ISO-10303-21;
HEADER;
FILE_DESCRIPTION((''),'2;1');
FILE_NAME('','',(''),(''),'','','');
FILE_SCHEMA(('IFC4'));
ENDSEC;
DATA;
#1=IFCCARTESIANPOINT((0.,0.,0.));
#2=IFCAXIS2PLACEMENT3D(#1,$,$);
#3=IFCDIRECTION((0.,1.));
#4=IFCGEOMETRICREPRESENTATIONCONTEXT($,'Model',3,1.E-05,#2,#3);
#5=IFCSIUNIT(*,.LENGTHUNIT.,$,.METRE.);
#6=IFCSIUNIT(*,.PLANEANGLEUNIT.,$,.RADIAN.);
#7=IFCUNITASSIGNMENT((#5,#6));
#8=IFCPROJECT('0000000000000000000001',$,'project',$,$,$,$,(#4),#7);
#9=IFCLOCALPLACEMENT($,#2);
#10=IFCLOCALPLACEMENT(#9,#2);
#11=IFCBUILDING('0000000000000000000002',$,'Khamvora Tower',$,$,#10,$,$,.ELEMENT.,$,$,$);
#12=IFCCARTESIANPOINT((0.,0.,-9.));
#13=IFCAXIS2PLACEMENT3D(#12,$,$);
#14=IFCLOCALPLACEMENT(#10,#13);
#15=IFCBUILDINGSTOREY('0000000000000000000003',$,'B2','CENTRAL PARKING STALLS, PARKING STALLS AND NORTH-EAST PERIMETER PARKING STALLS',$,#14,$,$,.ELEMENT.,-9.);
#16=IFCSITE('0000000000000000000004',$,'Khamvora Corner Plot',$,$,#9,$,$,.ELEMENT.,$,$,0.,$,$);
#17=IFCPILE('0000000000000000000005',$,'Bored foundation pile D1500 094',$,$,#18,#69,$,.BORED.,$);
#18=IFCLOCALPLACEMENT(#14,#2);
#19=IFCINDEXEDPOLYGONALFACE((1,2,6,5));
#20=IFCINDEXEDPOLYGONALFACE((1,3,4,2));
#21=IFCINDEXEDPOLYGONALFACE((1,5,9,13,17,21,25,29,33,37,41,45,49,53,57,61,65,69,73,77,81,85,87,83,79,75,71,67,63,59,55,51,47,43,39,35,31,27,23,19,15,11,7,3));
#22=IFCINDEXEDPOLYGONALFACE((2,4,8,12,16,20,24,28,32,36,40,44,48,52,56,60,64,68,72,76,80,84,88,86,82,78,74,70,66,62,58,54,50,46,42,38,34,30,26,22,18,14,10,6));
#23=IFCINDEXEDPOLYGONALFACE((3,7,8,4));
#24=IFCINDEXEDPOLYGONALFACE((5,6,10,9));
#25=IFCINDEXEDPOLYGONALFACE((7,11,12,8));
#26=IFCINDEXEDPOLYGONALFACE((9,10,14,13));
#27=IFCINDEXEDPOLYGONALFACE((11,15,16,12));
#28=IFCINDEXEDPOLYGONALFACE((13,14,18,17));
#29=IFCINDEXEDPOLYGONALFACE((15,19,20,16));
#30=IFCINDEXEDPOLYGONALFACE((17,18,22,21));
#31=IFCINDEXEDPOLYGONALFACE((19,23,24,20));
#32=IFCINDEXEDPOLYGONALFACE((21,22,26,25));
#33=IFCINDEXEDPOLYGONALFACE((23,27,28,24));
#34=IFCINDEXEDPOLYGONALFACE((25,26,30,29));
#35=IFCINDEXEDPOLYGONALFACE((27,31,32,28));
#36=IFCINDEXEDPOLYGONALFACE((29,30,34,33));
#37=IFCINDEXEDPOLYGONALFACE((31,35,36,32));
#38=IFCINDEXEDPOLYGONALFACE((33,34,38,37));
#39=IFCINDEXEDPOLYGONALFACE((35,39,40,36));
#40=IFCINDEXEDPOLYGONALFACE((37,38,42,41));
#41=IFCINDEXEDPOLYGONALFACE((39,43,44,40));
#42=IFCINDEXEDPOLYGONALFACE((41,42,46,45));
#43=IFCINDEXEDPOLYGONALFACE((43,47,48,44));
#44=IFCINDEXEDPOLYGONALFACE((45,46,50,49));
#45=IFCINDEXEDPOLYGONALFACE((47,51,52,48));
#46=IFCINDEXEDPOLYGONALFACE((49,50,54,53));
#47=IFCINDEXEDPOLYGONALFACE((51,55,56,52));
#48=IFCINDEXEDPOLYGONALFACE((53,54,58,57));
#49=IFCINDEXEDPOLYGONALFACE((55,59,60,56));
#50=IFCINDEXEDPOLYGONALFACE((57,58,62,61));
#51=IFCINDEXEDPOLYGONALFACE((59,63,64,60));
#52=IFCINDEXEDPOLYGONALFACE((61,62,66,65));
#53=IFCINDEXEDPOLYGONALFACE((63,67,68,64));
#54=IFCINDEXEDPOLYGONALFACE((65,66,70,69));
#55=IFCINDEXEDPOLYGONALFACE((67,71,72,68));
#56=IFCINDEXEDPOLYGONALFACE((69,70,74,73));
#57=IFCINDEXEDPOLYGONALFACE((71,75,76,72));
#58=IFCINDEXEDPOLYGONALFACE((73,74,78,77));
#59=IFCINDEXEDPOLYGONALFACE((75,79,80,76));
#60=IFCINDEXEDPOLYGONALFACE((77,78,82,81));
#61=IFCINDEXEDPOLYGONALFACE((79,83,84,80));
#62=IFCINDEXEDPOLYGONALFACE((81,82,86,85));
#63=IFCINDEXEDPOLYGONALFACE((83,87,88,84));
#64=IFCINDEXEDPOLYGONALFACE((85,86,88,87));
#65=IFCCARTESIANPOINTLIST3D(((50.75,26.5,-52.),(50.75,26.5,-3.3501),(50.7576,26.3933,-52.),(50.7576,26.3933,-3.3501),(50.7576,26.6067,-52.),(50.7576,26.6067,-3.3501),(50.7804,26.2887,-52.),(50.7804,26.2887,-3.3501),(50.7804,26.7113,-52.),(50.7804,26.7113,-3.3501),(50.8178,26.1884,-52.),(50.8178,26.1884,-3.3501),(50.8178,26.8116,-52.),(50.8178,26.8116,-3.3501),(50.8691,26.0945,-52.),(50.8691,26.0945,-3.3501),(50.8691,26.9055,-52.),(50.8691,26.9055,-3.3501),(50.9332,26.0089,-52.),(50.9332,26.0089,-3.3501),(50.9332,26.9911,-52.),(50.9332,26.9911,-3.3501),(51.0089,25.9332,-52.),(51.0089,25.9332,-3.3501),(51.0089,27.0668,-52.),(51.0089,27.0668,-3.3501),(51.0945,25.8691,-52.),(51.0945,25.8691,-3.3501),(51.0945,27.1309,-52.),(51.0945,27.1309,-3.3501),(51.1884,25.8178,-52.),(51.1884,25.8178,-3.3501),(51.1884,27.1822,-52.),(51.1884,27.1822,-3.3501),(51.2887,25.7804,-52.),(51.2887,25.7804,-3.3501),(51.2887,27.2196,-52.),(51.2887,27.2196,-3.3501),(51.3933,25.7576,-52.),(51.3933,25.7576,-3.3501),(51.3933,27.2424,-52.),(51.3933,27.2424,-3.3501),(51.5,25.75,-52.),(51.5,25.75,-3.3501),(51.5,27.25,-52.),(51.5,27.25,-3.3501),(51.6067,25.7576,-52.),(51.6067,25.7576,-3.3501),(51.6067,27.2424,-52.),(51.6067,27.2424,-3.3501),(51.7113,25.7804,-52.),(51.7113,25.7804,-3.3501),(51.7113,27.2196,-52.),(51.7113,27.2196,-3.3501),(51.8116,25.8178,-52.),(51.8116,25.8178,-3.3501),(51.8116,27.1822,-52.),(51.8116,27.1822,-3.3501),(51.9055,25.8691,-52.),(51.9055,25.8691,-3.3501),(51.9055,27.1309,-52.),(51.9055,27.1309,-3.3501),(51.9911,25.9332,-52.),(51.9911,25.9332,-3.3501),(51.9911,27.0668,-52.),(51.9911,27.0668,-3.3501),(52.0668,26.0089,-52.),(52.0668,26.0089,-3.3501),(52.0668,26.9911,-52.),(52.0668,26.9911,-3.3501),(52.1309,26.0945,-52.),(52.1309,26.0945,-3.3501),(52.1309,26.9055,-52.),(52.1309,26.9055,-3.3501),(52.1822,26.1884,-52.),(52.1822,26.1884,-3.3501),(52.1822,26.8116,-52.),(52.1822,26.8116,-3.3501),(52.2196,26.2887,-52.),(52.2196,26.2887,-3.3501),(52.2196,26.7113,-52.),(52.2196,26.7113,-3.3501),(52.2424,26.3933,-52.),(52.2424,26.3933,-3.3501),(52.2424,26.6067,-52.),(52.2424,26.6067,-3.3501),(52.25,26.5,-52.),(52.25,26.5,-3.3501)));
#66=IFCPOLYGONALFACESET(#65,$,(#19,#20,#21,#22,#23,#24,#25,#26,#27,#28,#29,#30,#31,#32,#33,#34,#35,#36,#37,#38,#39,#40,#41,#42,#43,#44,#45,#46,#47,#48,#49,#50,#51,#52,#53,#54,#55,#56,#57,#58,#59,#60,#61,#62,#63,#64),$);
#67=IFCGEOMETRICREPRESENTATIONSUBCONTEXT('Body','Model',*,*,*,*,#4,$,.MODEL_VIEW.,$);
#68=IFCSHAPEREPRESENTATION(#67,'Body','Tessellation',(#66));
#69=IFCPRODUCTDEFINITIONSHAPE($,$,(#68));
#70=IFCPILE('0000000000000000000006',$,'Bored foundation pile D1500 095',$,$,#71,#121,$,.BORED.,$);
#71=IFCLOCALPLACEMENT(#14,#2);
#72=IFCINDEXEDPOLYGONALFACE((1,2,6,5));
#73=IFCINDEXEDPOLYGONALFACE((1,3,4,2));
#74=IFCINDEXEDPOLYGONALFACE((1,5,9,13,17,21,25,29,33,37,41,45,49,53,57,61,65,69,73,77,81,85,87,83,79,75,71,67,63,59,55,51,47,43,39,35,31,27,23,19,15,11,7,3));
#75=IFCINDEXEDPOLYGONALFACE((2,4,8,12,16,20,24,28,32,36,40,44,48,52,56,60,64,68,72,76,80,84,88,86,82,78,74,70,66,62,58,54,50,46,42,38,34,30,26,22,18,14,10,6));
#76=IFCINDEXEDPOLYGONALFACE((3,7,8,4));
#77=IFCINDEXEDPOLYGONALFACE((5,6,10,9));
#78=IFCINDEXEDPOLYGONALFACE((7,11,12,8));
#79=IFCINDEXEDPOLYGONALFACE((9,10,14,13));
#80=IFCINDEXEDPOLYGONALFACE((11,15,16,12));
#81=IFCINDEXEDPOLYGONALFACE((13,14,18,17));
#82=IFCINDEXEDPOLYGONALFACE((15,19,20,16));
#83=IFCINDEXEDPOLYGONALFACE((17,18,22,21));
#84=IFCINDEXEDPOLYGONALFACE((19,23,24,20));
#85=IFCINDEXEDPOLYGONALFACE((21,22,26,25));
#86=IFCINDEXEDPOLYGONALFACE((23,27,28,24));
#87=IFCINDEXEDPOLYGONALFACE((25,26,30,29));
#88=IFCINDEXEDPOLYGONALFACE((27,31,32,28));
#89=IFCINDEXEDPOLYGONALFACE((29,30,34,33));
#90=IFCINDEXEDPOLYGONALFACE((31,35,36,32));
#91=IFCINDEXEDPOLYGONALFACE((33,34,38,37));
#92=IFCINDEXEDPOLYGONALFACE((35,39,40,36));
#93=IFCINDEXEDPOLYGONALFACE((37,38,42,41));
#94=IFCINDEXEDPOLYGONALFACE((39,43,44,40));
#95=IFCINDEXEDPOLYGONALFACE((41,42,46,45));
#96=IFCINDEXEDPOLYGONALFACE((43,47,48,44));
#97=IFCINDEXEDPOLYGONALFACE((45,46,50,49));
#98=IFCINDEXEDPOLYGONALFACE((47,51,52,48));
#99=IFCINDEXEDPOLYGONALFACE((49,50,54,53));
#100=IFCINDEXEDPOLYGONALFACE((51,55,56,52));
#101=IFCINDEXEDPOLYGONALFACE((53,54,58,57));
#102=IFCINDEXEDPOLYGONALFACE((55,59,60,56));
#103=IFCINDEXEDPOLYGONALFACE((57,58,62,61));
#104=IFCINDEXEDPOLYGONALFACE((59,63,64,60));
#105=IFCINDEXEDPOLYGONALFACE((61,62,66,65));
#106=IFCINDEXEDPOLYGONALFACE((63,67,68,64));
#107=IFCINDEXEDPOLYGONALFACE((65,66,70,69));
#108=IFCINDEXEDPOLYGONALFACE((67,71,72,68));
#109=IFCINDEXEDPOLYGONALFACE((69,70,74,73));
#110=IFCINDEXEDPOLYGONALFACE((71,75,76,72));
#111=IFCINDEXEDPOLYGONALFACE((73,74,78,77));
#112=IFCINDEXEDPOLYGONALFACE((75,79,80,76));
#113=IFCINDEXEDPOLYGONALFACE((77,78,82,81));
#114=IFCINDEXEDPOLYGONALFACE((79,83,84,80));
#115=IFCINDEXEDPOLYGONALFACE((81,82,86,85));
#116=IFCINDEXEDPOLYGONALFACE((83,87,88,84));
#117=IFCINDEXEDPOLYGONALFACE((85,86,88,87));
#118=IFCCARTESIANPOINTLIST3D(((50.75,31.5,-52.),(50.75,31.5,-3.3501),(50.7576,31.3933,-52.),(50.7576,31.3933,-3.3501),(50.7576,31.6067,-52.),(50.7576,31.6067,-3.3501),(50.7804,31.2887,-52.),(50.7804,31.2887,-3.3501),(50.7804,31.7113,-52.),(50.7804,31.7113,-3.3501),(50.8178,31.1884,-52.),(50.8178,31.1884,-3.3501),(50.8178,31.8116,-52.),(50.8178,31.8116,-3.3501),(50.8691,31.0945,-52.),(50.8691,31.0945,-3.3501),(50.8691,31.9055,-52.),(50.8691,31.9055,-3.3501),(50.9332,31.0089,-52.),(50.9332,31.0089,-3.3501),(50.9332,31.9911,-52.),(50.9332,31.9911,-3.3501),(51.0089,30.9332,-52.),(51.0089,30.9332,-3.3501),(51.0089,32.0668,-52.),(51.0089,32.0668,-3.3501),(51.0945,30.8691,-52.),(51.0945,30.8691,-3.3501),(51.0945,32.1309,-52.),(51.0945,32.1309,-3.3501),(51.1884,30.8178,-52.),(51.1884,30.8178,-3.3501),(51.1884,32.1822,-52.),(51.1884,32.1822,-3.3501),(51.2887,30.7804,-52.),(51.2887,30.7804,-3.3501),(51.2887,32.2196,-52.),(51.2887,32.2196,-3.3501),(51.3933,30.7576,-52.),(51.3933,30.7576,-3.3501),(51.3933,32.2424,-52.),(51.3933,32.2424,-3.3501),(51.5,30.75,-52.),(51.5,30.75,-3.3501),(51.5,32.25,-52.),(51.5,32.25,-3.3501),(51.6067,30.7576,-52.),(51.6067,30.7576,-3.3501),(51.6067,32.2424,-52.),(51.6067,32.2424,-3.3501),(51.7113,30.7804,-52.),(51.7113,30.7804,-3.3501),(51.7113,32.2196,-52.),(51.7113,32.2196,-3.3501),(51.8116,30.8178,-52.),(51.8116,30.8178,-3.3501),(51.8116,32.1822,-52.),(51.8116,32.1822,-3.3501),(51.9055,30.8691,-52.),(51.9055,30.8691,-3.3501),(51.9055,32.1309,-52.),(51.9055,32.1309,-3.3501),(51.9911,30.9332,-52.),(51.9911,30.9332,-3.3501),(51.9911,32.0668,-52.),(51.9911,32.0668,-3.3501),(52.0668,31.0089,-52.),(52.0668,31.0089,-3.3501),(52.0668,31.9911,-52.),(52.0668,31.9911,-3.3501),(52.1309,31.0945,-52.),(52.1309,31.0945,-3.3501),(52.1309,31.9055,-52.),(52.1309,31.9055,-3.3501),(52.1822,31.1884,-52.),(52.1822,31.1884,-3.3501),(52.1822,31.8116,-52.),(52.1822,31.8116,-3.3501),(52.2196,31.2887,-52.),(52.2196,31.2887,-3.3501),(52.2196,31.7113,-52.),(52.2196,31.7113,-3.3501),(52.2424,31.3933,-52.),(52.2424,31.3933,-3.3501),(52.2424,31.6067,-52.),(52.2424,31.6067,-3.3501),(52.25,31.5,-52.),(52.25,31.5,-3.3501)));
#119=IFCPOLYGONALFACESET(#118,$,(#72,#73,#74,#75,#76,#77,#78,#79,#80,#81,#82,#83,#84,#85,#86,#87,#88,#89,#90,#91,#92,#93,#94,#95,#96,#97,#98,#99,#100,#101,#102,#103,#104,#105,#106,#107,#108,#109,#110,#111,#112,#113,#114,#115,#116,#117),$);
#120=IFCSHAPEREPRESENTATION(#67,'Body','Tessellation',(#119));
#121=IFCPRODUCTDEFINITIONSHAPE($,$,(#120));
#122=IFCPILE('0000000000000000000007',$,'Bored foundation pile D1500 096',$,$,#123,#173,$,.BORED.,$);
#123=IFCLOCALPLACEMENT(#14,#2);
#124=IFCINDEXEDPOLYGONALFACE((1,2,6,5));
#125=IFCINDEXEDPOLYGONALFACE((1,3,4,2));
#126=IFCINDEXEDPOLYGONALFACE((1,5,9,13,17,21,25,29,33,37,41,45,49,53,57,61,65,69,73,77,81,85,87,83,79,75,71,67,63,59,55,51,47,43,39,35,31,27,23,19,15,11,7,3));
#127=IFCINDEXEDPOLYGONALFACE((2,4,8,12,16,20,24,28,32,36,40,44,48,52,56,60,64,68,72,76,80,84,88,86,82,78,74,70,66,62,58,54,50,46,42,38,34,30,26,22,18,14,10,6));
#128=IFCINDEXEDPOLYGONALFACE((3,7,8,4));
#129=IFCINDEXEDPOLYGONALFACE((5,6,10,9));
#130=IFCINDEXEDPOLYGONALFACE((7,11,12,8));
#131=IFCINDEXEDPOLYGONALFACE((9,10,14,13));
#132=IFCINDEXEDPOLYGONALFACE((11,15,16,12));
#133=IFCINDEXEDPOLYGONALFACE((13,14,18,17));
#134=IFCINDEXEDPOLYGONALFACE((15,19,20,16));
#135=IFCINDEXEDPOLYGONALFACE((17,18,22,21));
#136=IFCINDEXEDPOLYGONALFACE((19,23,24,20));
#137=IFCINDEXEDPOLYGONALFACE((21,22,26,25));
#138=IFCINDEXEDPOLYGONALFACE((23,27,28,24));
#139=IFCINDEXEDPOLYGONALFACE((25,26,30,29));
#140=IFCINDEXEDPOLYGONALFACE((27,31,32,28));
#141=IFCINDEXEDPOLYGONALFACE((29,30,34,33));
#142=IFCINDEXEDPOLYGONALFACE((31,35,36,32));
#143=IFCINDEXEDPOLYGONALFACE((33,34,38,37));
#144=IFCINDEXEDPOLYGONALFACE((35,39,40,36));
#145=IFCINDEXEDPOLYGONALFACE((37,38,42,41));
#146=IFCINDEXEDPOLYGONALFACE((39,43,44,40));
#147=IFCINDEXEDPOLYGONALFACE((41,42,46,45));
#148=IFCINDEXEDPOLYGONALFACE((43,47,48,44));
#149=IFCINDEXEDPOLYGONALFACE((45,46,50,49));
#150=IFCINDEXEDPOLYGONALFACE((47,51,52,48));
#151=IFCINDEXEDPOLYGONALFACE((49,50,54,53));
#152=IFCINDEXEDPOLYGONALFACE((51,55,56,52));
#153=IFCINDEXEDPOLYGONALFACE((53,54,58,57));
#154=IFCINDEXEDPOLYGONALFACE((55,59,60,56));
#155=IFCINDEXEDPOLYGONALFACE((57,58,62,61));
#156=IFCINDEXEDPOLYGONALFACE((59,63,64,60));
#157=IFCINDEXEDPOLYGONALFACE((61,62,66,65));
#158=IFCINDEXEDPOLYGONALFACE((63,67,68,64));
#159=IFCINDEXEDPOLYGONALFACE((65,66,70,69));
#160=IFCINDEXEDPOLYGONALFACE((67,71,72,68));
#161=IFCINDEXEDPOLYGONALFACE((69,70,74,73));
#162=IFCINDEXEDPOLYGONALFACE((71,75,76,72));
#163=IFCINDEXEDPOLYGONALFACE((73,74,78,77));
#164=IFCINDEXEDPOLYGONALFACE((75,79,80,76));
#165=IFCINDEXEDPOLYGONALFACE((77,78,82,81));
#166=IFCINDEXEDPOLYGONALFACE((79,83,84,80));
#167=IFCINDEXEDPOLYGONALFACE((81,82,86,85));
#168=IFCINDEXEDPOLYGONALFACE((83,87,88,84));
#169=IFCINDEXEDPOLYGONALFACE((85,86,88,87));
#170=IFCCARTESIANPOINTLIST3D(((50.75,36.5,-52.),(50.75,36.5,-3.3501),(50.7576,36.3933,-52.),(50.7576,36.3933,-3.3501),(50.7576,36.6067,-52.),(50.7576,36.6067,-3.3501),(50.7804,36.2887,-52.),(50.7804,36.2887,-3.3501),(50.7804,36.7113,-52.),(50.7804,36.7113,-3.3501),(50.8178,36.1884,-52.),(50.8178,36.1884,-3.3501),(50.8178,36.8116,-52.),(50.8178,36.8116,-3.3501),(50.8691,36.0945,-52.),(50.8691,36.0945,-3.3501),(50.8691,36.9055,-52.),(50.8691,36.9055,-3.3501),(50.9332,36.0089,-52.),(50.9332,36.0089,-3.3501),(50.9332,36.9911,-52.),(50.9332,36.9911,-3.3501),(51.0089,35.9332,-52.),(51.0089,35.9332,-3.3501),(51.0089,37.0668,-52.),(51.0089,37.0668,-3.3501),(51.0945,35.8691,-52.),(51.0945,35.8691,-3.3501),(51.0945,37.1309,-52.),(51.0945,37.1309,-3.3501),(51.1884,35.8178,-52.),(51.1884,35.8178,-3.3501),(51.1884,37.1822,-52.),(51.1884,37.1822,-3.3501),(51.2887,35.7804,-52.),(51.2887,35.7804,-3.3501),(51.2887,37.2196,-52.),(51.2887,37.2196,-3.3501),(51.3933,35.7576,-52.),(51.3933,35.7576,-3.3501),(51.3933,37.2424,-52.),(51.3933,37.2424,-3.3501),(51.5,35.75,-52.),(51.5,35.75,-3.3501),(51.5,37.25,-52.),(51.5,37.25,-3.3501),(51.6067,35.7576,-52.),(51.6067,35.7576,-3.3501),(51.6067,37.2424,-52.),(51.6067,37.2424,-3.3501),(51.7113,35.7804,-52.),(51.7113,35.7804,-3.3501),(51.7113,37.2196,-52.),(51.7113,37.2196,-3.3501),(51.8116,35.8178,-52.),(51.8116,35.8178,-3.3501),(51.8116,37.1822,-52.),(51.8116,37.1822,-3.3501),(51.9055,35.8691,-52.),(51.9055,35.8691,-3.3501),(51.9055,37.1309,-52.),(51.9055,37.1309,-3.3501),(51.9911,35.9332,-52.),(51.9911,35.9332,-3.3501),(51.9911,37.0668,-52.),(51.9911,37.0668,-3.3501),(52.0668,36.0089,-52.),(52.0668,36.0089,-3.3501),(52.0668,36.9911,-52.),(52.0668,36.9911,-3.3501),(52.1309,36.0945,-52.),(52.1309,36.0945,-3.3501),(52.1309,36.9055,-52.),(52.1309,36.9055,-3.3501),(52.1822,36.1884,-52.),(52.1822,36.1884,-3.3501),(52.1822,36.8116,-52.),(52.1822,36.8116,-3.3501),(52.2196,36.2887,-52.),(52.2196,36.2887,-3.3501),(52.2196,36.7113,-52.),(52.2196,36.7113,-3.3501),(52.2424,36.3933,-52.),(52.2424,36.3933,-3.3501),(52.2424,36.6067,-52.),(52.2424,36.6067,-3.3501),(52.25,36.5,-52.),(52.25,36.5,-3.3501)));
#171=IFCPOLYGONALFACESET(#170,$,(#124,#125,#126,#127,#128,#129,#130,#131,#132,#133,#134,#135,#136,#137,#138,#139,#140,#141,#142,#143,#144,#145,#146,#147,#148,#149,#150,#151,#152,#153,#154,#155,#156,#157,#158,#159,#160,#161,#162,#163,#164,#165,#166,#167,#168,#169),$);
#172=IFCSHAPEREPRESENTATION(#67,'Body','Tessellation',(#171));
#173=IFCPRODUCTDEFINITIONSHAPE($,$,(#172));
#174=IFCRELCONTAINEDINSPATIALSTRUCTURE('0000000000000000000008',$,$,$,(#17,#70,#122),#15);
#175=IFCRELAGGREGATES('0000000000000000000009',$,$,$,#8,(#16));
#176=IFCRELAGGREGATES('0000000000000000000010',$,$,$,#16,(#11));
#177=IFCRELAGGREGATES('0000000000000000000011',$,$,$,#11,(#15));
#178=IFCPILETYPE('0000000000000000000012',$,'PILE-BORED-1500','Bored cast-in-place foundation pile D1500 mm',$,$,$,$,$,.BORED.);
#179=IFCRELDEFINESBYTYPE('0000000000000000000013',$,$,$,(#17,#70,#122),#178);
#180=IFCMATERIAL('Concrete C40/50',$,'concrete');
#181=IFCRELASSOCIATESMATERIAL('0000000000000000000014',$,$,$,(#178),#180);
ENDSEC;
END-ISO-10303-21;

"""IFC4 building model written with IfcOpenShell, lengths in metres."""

from ifc_helpers import new_model, si_unit, direction, frame, origin, origin_2d, place, context, subcontext, project, spatial, circle, extrude, material, material_profile, profile_set, type_object, element, save


model = new_model("IFC4")

# Units and contexts
model_context = context("Model", 3, precision=1e-05, world=origin(), true_north=direction((0.0, 1.0)))
body_context = subcontext(model_context, "Body", "Model", "MODEL_VIEW")
ifc_project = project(units=[si_unit("LENGTHUNIT", "METRE"), si_unit("PLANEANGLEUNIT", "RADIAN")], contexts=[model_context])

# Site, building, storey
site_placement = place(None, origin())
site = spatial("IfcSite", under=ifc_project, at=site_placement, Name="Khamvora Corner Plot", CompositionType="ELEMENT", RefElevation=0.0)
building_placement = place(site_placement, origin())
building = spatial("IfcBuilding", under=site, at=building_placement, Name="Khamvora Tower", CompositionType="ELEMENT")
storey_placement = place(building_placement, frame((0.0, 0.0, -9.0)))
storey = spatial("IfcBuildingStorey", under=building, at=storey_placement, Name="B2", Description="CENTRAL PARKING STALLS, PARKING STALLS AND NORTH-EAST PERIMETER PARKING STALLS", CompositionType="ELEMENT", Elevation=-9.0)

# Piles
ifc_material_1 = material(Name="Concrete C40/50", Category="concrete")
ifc_material_profile_1 = material_profile(ifc_material_1, circle(Radius=0.75, at=origin_2d()), Name="PILE_D1500")
ifc_profile_set_1 = profile_set([ifc_material_profile_1], Name="Concrete C40/50")
pile_type = type_object("IfcPileType", Name="PILE-BORED-1500", Description="Bored cast-in-place foundation pile D1500 mm", PredefinedType="BORED", material=ifc_profile_set_1)
for number, where, z_axis, x_axis, name in (
    (1, (51.5, 26.5, -3.3501), (0.0, 0.0, -1.0), (1.0, 0.0, 0.0), "Bored foundation pile D1500 094"),
    (2, (51.5, 31.5, -3.3501), (0.0, 0.0, -1.0), (1.0, 0.0, 0.0), "Bored foundation pile D1500 095"),
    (3, (51.5, 36.5, -3.3501), (0.0, 0.0, -1.0), (1.0, 0.0, 0.0), "Bored foundation pile D1500 096"),
):
    element("IfcPile", number, at=place(storey_placement, frame(where, z_axis=z_axis, x_axis=x_axis)), inside=storey, type_object=pile_type, Name=name, PredefinedType="BORED", context=body_context, shape_type="SweptSolid", body=[
        extrude(circle(Radius=0.75, at=origin_2d()), origin(), (0.0, 0.0, 1.0), 48.6499),
    ])

save(model, "model.ifc")
